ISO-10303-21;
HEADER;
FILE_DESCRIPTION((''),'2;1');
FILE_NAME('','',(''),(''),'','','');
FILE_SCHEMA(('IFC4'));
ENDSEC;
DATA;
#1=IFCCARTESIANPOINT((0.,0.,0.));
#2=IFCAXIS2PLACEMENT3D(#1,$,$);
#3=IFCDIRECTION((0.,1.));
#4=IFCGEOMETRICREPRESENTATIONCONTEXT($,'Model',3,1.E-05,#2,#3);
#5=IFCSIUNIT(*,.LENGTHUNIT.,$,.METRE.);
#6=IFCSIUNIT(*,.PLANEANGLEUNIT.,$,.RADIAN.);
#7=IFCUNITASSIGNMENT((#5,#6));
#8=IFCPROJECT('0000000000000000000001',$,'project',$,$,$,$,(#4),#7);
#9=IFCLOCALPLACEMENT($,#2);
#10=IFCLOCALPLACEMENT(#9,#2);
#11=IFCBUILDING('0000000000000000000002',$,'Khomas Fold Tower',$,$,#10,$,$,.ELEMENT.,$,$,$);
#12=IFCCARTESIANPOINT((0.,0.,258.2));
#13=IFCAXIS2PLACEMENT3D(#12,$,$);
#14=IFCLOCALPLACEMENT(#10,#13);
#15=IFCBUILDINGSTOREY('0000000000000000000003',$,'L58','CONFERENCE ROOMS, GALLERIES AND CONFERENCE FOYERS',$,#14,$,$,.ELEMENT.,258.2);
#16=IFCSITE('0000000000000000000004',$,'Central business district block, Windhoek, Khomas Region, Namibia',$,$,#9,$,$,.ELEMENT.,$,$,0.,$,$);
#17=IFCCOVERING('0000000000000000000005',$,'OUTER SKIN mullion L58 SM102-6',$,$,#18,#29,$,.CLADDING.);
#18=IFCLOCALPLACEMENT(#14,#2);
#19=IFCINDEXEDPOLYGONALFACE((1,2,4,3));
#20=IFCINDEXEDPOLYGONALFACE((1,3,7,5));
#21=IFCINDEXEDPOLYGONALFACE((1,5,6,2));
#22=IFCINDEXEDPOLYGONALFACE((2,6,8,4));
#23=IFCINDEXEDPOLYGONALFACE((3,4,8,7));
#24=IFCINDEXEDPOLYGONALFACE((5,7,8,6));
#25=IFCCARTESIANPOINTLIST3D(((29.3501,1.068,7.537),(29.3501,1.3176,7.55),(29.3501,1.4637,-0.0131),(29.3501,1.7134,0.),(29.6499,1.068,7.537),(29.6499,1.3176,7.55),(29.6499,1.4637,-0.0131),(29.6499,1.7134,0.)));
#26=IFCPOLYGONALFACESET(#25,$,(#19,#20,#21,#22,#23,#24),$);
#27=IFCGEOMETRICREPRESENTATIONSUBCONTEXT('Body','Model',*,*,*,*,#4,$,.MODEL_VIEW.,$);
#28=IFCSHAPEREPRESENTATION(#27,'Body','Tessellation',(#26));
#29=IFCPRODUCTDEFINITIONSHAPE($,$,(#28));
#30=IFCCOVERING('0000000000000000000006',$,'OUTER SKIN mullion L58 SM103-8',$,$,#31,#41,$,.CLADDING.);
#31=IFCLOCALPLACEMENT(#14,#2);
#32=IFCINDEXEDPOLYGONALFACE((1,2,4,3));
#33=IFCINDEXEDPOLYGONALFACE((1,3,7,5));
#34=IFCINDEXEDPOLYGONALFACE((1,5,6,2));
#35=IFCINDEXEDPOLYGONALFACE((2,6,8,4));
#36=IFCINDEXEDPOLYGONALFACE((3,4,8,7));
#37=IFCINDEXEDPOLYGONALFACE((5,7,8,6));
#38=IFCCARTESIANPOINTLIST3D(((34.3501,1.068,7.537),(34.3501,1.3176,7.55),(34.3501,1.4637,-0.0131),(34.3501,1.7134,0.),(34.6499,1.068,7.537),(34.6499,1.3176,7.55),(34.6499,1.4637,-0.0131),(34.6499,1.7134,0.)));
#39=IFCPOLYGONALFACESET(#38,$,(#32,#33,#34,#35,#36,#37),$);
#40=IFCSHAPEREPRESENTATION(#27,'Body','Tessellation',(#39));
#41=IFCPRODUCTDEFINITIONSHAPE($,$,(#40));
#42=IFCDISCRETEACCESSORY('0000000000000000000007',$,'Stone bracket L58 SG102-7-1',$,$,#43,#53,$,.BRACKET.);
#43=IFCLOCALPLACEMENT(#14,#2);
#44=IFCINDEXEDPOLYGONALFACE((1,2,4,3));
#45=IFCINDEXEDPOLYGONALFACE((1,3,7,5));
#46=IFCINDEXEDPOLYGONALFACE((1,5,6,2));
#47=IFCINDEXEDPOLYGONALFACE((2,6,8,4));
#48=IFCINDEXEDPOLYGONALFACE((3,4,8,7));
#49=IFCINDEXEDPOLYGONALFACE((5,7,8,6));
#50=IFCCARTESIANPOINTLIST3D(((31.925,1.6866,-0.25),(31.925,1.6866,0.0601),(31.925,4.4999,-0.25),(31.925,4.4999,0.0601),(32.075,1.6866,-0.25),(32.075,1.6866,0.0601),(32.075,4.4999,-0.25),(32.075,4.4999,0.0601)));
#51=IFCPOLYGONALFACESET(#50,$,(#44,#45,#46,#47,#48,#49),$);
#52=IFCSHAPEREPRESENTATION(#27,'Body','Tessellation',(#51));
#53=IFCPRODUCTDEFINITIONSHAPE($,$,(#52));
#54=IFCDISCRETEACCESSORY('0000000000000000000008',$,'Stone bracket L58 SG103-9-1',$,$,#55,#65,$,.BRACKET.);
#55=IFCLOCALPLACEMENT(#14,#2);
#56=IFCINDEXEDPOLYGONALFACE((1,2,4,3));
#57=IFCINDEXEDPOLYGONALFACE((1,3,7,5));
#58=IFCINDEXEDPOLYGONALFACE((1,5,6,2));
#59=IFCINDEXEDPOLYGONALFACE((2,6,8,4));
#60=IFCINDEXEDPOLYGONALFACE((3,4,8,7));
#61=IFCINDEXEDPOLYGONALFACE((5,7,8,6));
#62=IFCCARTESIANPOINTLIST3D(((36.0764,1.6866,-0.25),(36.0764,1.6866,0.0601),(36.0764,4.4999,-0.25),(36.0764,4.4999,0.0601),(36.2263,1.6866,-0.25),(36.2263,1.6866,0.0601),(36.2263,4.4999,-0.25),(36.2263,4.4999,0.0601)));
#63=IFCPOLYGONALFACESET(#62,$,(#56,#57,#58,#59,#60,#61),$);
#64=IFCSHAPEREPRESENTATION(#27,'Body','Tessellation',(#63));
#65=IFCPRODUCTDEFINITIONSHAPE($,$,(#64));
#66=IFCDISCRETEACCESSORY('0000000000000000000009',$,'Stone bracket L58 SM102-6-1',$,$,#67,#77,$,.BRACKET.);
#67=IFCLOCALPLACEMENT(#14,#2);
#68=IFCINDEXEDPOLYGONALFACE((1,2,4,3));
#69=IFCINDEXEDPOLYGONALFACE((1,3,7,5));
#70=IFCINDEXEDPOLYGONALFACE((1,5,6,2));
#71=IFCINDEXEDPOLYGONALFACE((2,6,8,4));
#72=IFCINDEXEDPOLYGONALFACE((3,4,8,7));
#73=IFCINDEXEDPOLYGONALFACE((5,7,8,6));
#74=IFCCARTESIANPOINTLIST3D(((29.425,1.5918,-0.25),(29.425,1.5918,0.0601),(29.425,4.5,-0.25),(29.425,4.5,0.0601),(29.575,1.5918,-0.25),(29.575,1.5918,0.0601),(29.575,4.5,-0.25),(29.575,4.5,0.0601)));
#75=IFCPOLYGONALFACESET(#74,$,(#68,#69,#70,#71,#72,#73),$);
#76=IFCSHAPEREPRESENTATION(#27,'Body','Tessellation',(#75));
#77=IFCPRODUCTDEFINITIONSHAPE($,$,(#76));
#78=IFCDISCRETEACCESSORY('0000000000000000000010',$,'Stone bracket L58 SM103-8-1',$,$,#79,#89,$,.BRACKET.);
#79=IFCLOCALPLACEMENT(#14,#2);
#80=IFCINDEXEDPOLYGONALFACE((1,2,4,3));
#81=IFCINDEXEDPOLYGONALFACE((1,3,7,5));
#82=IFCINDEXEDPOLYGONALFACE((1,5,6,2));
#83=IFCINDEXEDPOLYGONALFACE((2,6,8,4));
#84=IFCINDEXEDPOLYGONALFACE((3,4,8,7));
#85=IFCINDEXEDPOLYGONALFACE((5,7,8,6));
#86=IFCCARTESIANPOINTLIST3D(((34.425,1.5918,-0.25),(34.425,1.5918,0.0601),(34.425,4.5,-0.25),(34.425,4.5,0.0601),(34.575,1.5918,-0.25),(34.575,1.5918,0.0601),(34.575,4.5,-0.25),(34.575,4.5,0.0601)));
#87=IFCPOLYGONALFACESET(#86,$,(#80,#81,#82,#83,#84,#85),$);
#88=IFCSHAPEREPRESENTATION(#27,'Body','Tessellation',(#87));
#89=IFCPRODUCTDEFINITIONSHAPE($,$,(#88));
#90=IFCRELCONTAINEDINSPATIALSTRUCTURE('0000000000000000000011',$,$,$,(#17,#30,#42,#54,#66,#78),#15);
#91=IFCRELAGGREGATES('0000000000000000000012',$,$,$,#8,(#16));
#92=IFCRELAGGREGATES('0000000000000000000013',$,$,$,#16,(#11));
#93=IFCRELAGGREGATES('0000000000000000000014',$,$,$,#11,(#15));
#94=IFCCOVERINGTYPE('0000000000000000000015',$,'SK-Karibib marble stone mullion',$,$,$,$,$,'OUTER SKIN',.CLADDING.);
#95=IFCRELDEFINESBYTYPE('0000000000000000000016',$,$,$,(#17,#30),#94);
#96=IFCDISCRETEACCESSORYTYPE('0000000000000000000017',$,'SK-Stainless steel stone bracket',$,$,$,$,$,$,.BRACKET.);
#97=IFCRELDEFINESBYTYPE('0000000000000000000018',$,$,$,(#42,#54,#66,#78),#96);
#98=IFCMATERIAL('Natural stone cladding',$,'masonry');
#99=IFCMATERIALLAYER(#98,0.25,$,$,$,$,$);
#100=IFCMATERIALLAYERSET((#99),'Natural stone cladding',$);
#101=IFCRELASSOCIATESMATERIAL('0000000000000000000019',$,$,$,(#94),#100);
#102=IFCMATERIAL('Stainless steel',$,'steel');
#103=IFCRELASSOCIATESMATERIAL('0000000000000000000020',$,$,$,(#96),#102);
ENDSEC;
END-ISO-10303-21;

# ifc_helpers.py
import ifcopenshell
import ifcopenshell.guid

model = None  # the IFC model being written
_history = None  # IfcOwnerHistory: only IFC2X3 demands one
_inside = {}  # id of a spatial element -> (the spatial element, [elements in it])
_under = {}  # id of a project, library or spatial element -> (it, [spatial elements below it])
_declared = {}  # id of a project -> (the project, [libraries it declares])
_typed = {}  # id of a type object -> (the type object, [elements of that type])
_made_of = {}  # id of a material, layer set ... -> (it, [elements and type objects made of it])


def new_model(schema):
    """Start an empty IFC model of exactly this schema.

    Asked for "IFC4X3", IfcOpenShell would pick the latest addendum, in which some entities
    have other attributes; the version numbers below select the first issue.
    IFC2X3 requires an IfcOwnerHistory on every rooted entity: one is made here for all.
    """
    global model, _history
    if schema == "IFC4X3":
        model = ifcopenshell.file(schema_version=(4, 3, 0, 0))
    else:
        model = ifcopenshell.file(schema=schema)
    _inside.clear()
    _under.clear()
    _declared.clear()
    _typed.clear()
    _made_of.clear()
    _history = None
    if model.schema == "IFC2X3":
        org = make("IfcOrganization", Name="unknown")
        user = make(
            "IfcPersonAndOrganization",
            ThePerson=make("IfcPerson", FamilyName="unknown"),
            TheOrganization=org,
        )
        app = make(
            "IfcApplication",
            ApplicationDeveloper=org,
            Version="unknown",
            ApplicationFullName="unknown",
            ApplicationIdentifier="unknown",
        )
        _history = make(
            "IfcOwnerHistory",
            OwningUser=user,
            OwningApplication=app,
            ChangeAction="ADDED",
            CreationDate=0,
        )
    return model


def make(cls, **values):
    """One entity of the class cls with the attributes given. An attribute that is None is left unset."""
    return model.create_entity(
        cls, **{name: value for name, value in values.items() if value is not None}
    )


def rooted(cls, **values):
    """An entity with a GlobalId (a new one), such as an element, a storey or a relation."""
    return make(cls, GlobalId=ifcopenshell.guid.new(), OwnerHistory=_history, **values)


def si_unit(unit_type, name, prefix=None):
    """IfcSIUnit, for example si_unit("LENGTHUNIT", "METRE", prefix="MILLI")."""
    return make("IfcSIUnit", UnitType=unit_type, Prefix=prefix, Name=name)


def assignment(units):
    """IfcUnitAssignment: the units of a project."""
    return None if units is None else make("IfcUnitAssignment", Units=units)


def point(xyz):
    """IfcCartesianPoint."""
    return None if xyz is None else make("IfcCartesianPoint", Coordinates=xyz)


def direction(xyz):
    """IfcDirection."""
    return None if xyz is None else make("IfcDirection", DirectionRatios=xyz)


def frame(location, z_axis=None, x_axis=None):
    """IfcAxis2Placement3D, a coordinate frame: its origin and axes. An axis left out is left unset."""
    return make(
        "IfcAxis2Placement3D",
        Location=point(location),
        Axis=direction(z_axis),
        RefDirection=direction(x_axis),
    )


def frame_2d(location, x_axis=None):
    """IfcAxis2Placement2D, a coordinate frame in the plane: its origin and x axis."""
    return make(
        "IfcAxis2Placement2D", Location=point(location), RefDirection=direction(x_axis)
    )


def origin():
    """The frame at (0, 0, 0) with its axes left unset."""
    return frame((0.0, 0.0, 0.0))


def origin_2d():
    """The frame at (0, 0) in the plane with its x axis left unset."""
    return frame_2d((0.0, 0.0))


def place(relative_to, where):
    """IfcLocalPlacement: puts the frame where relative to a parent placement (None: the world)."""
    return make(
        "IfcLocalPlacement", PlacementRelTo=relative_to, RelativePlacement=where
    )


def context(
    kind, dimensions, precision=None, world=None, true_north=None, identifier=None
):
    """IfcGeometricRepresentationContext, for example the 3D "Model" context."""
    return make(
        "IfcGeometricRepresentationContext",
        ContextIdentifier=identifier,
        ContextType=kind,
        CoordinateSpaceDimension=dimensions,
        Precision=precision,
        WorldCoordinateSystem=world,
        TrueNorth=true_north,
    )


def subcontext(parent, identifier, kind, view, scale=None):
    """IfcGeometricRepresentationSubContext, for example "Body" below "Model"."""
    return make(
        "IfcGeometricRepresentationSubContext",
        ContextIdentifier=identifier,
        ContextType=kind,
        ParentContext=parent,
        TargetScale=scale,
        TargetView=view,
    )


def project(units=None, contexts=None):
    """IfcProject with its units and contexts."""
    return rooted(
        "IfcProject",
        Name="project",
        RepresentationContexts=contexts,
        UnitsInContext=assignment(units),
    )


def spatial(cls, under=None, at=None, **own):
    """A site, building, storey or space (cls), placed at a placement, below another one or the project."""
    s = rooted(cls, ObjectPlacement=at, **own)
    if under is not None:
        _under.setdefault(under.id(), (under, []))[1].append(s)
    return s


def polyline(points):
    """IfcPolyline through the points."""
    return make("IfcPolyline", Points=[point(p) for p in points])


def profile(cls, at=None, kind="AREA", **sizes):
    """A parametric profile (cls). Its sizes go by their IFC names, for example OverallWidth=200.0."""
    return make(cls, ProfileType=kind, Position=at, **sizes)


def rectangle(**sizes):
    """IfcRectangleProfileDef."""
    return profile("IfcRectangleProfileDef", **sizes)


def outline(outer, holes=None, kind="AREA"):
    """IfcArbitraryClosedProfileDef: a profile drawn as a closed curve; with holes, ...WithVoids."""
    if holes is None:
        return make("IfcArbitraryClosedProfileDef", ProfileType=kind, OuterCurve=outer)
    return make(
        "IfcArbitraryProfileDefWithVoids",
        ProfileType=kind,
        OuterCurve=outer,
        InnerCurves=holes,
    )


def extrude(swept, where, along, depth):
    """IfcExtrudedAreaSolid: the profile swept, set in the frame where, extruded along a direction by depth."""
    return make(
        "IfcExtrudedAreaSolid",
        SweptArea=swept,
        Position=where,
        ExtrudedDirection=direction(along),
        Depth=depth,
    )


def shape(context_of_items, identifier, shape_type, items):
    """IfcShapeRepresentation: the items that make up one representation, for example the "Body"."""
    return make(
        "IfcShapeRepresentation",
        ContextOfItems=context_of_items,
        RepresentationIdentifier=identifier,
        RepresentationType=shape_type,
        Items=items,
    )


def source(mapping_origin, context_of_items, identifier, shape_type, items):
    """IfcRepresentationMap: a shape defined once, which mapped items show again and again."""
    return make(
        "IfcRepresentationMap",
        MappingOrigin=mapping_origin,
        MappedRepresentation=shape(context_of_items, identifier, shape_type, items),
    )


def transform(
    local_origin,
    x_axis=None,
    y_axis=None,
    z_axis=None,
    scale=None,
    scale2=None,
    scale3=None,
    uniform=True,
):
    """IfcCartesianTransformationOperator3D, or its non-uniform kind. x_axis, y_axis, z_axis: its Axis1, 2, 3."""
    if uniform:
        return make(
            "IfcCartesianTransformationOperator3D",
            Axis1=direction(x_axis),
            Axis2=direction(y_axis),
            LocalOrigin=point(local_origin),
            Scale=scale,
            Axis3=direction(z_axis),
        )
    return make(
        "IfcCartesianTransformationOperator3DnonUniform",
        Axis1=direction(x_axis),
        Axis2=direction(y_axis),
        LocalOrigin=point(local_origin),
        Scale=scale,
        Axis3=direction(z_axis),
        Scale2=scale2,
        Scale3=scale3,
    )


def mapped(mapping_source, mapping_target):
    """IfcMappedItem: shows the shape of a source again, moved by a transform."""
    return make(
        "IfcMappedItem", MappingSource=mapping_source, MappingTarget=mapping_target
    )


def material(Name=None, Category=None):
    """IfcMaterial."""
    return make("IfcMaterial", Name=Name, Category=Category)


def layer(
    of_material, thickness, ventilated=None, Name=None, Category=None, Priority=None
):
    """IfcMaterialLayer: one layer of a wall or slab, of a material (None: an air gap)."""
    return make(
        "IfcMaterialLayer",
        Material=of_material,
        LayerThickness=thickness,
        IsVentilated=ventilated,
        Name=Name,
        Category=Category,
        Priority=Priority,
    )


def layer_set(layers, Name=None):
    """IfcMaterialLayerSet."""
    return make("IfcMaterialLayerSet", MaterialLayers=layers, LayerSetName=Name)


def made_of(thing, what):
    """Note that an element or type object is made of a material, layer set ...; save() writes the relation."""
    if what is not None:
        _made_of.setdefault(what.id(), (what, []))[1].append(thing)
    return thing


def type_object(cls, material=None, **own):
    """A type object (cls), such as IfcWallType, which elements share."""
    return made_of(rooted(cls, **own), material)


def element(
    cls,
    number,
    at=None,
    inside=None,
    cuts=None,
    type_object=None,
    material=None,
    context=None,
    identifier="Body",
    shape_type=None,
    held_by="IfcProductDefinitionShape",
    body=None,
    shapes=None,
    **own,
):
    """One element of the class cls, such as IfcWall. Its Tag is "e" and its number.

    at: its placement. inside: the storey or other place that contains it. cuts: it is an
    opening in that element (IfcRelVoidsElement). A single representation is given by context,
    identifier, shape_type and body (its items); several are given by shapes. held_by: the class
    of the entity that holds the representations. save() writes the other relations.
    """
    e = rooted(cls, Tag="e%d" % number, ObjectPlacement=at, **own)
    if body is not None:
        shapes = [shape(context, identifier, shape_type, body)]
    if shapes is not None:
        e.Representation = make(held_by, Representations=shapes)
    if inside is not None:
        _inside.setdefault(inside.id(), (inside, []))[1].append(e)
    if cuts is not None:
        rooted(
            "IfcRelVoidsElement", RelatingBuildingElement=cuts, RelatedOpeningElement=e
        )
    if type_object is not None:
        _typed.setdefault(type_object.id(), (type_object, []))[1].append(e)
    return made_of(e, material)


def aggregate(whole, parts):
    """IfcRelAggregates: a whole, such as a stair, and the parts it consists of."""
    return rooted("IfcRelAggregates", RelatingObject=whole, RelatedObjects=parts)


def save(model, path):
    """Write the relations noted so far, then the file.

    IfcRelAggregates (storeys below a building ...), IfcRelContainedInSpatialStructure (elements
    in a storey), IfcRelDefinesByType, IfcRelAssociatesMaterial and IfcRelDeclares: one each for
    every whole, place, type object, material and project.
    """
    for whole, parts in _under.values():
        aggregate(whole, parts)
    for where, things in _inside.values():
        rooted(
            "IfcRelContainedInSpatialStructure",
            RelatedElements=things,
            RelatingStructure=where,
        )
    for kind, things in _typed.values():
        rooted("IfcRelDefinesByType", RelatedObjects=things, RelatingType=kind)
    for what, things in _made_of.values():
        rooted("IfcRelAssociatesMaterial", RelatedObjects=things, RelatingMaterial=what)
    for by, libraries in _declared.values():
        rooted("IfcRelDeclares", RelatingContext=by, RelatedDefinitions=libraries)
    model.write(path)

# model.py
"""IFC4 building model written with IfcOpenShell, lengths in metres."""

from ifc_helpers import new_model, si_unit, direction, frame, origin, origin_2d, place, context, subcontext, project, spatial, polyline, rectangle, outline, extrude, source, transform, mapped, material, layer, layer_set, type_object, element, save


model = new_model("IFC4")

# Units and contexts
model_context = context("Model", 3, precision=1e-05, world=origin(), true_north=direction((0.0, 1.0)))
body_context = subcontext(model_context, "Body", "Model", "MODEL_VIEW")
ifc_project = project(units=[si_unit("LENGTHUNIT", "METRE"), si_unit("PLANEANGLEUNIT", "RADIAN")], contexts=[model_context])

# Site, building, storey
site_placement = place(None, origin())
site = spatial("IfcSite", under=ifc_project, at=site_placement, Name="Central business district block, Windhoek, Khomas Region, Namibia", CompositionType="ELEMENT", RefElevation=0.0)
building_placement = place(site_placement, origin())
building = spatial("IfcBuilding", under=site, at=building_placement, Name="Khomas Fold Tower", CompositionType="ELEMENT")
storey_placement = place(building_placement, frame((0.0, 0.0, 258.2)))
storey = spatial("IfcBuildingStorey", under=building, at=storey_placement, Name="L58", Description="CONFERENCE ROOMS, GALLERIES AND CONFERENCE FOYERS", CompositionType="ELEMENT", Elevation=258.2)

# Coverings
ifc_material_1 = material(Name="Natural stone cladding", Category="masonry")
ifc_layer_1 = layer(ifc_material_1, 0.25)
ifc_layer_set_1 = layer_set([ifc_layer_1], Name="Natural stone cladding")
covering_type = type_object("IfcCoveringType", Name="SK-Karibib marble stone mullion", ElementType="OUTER SKIN", PredefinedType="CLADDING", material=ifc_layer_set_1)
for number, where, z_axis, x_axis, name in (
    (1, (29.3501, 1.7134, 0.0), (0.0, 0.998629, 0.052345), (0.0, -0.052345, 0.998629), "OUTER SKIN mullion L58 SM102-6"),
    (2, (34.3501, 1.7134, 0.0), (0.0, 0.998629, 0.052345), (0.0, -0.052345, 0.998629), "OUTER SKIN mullion L58 SM103-8"),
):
    element("IfcCovering", number, at=place(storey_placement, frame(where, z_axis=z_axis, x_axis=x_axis)), inside=storey, type_object=covering_type, Name=name, PredefinedType="CLADDING", context=body_context, shape_type="SweptSolid", body=[
        extrude(outline(polyline([(0.0, 0.0), (7.5604, 0.0), (7.5604, 0.2998), (0.0, 0.2998), (0.0, 0.0)])), origin(), (0.0, 0.0, -1.0), 0.25),
    ])

# Discrete accessories
ifc_material_2 = material(Name="Stainless steel", Category="steel")
discrete_accessory_type = type_object("IfcDiscreteAccessoryType", Name="SK-Stainless steel stone bracket", PredefinedType="BRACKET", material=ifc_material_2)
shared_shape_1 = source(origin(), body_context, "Body", "SweptSolid", [
    extrude(rectangle(XDim=2.8132, YDim=0.1499, at=origin_2d()), origin(), (0.0, 0.0, 1.0), 0.3101),
])
for number, where, z_axis, x_axis, name in (
    (3, (32.0, 3.0933, -0.25), (0.0, 0.0, 1.0), (0.0, -1.0, 0.0), "Stone bracket L58 SG102-7-1"),
    (4, (36.1514, 3.0933, -0.25), (0.0, 0.0, 1.0), (0.0, -1.0, 0.0), "Stone bracket L58 SG103-9-1"),
):
    element("IfcDiscreteAccessory", number, at=place(storey_placement, frame(where, z_axis=z_axis, x_axis=x_axis)), inside=storey, type_object=discrete_accessory_type, Name=name, PredefinedType="BRACKET", context=body_context, shape_type="MappedRepresentation", body=[
        mapped(shared_shape_1, transform((0.0, 0.0, 0.0))),
    ])
shared_shape_2 = source(origin(), body_context, "Body", "SweptSolid", [
    extrude(rectangle(XDim=2.9082, YDim=0.1499, at=origin_2d()), origin(), (0.0, 0.0, 1.0), 0.3101),
])
for number, where, z_axis, x_axis, name in (
    (5, (29.5, 3.0459, -0.25), (0.0, 0.0, 1.0), (0.0, -1.0, 0.0), "Stone bracket L58 SM102-6-1"),
    (6, (34.5, 3.0459, -0.25), (0.0, 0.0, 1.0), (0.0, -1.0, 0.0), "Stone bracket L58 SM103-8-1"),
):
    element("IfcDiscreteAccessory", number, at=place(storey_placement, frame(where, z_axis=z_axis, x_axis=x_axis)), inside=storey, type_object=discrete_accessory_type, Name=name, PredefinedType="BRACKET", context=body_context, shape_type="MappedRepresentation", body=[
        mapped(shared_shape_2, transform((0.0, 0.0, 0.0))),
    ])

save(model, "model.ifc")
